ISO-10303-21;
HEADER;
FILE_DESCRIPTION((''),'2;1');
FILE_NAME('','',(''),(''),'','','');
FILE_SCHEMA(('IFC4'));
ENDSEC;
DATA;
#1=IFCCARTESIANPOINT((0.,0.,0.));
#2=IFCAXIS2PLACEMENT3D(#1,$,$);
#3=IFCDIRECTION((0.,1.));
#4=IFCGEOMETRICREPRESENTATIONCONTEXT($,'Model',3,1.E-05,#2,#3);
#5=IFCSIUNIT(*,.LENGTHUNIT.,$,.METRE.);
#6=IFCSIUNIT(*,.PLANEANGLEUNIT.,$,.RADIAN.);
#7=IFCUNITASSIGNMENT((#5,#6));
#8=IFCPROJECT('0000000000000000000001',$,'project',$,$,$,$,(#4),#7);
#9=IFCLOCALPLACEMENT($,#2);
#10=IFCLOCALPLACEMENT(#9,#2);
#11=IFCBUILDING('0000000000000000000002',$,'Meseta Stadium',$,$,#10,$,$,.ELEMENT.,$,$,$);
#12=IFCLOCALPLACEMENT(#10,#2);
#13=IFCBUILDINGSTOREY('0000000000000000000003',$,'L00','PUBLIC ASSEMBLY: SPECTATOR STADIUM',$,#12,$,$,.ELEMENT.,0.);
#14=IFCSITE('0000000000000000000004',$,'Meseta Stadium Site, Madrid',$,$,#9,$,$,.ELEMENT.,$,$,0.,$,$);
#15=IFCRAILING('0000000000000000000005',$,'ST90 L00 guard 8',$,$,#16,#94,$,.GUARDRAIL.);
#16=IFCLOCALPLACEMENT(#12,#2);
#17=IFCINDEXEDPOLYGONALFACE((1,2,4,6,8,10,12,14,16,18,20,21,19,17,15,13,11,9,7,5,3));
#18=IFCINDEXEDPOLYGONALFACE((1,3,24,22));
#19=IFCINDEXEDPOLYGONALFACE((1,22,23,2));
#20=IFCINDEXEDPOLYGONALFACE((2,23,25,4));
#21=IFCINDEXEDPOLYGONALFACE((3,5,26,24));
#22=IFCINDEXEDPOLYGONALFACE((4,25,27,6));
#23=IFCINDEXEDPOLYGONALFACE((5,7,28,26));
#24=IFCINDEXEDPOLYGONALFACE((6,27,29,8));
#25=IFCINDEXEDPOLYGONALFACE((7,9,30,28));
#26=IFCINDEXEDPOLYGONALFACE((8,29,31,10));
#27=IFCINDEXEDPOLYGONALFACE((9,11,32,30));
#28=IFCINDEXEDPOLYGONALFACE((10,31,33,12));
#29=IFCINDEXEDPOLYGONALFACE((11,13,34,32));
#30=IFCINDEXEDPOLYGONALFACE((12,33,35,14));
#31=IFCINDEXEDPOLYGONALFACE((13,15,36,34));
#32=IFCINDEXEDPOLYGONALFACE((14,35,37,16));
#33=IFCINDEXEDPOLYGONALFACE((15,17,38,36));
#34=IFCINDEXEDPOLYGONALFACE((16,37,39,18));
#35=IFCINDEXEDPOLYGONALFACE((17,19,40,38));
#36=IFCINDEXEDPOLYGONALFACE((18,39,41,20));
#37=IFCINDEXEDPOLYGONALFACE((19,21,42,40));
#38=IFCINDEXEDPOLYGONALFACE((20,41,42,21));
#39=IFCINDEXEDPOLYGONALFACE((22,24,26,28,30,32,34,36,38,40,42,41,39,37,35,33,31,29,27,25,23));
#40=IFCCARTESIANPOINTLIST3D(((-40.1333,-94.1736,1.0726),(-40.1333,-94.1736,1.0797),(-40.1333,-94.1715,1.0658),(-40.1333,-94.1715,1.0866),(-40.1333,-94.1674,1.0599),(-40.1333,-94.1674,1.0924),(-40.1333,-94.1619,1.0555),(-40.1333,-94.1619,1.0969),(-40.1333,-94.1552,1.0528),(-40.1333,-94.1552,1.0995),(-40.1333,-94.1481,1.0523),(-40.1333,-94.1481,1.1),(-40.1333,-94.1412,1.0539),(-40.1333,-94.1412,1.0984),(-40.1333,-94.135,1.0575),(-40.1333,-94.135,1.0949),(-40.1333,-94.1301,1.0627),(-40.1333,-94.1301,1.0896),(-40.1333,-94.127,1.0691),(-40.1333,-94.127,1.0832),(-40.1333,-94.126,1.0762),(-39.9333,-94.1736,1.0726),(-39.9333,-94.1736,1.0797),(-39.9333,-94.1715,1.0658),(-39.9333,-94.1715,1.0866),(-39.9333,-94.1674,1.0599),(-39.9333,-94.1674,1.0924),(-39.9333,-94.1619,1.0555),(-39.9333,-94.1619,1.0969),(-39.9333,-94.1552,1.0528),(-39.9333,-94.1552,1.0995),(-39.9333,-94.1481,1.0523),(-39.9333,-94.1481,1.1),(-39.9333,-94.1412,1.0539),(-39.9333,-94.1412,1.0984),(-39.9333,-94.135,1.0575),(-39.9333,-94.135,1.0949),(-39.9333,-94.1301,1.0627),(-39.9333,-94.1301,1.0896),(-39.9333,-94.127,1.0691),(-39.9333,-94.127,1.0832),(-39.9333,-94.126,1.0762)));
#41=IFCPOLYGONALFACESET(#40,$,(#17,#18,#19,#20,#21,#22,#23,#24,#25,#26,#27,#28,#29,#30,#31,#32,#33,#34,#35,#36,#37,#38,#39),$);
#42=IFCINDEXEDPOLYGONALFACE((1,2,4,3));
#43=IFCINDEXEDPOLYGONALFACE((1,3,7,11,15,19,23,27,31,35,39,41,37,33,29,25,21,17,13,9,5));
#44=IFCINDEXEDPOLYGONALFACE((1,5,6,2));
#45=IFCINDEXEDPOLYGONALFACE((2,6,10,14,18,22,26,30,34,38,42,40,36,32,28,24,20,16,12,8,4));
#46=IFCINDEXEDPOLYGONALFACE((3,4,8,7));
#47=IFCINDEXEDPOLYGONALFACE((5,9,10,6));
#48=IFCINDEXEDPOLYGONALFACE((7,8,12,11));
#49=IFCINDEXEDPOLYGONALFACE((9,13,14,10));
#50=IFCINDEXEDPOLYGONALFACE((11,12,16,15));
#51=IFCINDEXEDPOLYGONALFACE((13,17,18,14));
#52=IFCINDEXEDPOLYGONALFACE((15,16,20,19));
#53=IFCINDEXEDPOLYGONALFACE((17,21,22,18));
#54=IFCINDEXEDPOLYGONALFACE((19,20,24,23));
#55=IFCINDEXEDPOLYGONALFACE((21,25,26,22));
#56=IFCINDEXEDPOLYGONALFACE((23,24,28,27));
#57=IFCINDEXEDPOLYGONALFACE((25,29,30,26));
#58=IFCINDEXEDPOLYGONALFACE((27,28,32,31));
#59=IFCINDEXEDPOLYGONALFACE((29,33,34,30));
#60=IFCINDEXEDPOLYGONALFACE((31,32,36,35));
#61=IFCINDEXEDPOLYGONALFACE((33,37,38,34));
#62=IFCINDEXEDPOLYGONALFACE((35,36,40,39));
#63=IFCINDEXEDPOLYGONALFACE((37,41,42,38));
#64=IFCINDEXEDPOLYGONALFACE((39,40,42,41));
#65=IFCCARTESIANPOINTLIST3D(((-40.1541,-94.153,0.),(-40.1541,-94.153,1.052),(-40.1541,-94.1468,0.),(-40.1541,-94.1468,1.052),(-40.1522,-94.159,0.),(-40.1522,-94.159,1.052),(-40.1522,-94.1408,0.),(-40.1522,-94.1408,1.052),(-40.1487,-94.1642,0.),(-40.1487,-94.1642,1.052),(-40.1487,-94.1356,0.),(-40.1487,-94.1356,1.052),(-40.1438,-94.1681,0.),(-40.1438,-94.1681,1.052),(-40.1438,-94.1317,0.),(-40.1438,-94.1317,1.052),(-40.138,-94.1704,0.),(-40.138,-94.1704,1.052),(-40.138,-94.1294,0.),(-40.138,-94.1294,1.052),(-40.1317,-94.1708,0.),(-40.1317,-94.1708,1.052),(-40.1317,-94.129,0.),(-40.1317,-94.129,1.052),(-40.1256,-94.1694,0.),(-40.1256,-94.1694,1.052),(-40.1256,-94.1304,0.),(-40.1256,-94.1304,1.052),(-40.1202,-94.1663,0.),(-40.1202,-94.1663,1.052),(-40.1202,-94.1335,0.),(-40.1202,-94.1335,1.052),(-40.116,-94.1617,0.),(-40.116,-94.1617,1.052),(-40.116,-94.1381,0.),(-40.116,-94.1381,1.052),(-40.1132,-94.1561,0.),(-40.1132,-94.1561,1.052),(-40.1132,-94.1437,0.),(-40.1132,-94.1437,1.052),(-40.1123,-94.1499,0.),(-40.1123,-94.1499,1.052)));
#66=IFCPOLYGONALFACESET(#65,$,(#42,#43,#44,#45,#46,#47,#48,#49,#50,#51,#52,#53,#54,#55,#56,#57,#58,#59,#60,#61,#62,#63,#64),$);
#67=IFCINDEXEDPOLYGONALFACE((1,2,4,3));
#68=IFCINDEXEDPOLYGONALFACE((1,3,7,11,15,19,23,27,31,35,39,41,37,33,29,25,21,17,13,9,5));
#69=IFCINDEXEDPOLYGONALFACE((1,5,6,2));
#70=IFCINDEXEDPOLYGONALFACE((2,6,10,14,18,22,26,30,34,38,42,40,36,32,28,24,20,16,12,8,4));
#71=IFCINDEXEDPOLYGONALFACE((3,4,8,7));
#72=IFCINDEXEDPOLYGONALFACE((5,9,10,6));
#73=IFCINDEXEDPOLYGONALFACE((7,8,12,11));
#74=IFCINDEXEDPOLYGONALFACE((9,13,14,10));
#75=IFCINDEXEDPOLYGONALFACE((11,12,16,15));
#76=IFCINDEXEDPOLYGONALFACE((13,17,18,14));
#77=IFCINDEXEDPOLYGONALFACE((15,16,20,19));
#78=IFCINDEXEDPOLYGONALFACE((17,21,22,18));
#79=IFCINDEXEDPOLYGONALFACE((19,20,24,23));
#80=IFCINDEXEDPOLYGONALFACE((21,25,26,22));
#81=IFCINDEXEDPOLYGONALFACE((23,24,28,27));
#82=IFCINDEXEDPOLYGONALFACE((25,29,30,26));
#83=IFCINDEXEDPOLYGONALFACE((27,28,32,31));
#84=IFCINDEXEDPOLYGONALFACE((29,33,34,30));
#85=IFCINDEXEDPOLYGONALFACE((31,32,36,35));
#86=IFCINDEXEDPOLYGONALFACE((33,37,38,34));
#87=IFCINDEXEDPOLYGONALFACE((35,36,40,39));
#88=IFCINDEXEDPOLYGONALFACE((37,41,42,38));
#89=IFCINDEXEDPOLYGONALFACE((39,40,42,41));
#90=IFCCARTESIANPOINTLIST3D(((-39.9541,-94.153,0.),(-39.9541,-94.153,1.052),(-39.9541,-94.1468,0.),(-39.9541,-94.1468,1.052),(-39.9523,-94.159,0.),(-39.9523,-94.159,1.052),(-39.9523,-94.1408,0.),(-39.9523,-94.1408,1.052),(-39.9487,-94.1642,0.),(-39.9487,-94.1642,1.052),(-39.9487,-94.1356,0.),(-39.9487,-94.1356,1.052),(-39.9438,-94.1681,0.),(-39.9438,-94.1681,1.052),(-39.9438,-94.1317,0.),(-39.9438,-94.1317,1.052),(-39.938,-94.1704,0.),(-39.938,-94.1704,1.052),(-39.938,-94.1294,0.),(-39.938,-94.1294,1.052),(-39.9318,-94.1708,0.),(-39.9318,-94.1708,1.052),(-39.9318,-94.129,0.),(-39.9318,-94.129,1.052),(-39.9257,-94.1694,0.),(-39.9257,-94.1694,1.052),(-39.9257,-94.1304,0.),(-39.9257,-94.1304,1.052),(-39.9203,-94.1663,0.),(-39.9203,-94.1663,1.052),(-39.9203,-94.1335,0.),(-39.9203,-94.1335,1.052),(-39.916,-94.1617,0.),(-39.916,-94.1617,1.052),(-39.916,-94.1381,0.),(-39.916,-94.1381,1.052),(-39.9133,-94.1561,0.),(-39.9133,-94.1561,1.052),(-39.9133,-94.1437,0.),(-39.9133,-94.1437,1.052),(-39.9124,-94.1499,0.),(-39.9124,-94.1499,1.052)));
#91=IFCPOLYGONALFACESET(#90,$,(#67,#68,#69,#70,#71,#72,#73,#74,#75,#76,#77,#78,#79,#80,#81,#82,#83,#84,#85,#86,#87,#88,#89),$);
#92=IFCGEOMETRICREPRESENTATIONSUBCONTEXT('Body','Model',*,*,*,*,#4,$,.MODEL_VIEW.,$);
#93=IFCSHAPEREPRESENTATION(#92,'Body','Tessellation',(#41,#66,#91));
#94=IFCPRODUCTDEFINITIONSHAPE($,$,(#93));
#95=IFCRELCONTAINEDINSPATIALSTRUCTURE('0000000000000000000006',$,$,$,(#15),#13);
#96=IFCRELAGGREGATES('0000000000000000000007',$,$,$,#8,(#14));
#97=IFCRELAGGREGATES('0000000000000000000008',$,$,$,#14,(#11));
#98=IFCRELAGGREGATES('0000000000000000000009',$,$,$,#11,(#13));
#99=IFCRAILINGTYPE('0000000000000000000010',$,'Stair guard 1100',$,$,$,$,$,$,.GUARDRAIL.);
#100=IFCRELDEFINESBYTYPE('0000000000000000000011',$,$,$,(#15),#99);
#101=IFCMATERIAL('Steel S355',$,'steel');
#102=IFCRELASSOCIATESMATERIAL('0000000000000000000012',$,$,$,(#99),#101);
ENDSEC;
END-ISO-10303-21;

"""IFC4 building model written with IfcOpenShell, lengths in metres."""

from ifc_helpers import new_model, si_unit, direction, frame, origin, origin_2d, place, context, subcontext, project, spatial, circle, extrude, material, type_object, element, save


model = new_model("IFC4")

# Units and contexts
model_context = context("Model", 3, precision=1e-05, world=origin(), true_north=direction((0.0, 1.0)))
body_context = subcontext(model_context, "Body", "Model", "MODEL_VIEW")
ifc_project = project(units=[si_unit("LENGTHUNIT", "METRE"), si_unit("PLANEANGLEUNIT", "RADIAN")], contexts=[model_context])

# Site, building, storey
site_placement = place(None, origin())
site = spatial("IfcSite", under=ifc_project, at=site_placement, Name="Meseta Stadium Site, Madrid", CompositionType="ELEMENT", RefElevation=0.0)
building_placement = place(site_placement, origin())
building = spatial("IfcBuilding", under=site, at=building_placement, Name="Meseta Stadium", CompositionType="ELEMENT")
storey_placement = place(building_placement, origin())
storey = spatial("IfcBuildingStorey", under=building, at=storey_placement, Name="L00", Description="PUBLIC ASSEMBLY: SPECTATOR STADIUM", CompositionType="ELEMENT", Elevation=0.0)

# Railing
ifc_material_1 = material(Name="Steel S355", Category="steel")
railing_type_1 = type_object("IfcRailingType", Name="Stair guard 1100", PredefinedType="GUARDRAIL", material=ifc_material_1)
railing_1_placement = place(storey_placement, frame((-40.1333, -94.1499, 0.0)))
element("IfcRailing", 1, at=railing_1_placement, inside=storey, type_object=railing_type_1, Name="ST90 L00 guard 8", PredefinedType="GUARDRAIL", context=body_context, shape_type="SweptSolid", body=[
    extrude(circle(Radius=0.0239, at=origin_2d()), frame((0.0, 0.0, 1.0762), z_axis=(1.0, 0.0, 0.0), x_axis=(0.0, 1.0, 0.0)), (0.0, 0.0, 1.0), 0.2),
    extrude(circle(Radius=0.021, at=origin_2d()), origin(), (0.0, 0.0, 1.0), 1.052),
    extrude(circle(Radius=0.021, at=origin_2d()), frame((0.2, 0.0, 0.0)), (0.0, 0.0, 1.0), 1.052),
])

save(model, "model.ifc")
